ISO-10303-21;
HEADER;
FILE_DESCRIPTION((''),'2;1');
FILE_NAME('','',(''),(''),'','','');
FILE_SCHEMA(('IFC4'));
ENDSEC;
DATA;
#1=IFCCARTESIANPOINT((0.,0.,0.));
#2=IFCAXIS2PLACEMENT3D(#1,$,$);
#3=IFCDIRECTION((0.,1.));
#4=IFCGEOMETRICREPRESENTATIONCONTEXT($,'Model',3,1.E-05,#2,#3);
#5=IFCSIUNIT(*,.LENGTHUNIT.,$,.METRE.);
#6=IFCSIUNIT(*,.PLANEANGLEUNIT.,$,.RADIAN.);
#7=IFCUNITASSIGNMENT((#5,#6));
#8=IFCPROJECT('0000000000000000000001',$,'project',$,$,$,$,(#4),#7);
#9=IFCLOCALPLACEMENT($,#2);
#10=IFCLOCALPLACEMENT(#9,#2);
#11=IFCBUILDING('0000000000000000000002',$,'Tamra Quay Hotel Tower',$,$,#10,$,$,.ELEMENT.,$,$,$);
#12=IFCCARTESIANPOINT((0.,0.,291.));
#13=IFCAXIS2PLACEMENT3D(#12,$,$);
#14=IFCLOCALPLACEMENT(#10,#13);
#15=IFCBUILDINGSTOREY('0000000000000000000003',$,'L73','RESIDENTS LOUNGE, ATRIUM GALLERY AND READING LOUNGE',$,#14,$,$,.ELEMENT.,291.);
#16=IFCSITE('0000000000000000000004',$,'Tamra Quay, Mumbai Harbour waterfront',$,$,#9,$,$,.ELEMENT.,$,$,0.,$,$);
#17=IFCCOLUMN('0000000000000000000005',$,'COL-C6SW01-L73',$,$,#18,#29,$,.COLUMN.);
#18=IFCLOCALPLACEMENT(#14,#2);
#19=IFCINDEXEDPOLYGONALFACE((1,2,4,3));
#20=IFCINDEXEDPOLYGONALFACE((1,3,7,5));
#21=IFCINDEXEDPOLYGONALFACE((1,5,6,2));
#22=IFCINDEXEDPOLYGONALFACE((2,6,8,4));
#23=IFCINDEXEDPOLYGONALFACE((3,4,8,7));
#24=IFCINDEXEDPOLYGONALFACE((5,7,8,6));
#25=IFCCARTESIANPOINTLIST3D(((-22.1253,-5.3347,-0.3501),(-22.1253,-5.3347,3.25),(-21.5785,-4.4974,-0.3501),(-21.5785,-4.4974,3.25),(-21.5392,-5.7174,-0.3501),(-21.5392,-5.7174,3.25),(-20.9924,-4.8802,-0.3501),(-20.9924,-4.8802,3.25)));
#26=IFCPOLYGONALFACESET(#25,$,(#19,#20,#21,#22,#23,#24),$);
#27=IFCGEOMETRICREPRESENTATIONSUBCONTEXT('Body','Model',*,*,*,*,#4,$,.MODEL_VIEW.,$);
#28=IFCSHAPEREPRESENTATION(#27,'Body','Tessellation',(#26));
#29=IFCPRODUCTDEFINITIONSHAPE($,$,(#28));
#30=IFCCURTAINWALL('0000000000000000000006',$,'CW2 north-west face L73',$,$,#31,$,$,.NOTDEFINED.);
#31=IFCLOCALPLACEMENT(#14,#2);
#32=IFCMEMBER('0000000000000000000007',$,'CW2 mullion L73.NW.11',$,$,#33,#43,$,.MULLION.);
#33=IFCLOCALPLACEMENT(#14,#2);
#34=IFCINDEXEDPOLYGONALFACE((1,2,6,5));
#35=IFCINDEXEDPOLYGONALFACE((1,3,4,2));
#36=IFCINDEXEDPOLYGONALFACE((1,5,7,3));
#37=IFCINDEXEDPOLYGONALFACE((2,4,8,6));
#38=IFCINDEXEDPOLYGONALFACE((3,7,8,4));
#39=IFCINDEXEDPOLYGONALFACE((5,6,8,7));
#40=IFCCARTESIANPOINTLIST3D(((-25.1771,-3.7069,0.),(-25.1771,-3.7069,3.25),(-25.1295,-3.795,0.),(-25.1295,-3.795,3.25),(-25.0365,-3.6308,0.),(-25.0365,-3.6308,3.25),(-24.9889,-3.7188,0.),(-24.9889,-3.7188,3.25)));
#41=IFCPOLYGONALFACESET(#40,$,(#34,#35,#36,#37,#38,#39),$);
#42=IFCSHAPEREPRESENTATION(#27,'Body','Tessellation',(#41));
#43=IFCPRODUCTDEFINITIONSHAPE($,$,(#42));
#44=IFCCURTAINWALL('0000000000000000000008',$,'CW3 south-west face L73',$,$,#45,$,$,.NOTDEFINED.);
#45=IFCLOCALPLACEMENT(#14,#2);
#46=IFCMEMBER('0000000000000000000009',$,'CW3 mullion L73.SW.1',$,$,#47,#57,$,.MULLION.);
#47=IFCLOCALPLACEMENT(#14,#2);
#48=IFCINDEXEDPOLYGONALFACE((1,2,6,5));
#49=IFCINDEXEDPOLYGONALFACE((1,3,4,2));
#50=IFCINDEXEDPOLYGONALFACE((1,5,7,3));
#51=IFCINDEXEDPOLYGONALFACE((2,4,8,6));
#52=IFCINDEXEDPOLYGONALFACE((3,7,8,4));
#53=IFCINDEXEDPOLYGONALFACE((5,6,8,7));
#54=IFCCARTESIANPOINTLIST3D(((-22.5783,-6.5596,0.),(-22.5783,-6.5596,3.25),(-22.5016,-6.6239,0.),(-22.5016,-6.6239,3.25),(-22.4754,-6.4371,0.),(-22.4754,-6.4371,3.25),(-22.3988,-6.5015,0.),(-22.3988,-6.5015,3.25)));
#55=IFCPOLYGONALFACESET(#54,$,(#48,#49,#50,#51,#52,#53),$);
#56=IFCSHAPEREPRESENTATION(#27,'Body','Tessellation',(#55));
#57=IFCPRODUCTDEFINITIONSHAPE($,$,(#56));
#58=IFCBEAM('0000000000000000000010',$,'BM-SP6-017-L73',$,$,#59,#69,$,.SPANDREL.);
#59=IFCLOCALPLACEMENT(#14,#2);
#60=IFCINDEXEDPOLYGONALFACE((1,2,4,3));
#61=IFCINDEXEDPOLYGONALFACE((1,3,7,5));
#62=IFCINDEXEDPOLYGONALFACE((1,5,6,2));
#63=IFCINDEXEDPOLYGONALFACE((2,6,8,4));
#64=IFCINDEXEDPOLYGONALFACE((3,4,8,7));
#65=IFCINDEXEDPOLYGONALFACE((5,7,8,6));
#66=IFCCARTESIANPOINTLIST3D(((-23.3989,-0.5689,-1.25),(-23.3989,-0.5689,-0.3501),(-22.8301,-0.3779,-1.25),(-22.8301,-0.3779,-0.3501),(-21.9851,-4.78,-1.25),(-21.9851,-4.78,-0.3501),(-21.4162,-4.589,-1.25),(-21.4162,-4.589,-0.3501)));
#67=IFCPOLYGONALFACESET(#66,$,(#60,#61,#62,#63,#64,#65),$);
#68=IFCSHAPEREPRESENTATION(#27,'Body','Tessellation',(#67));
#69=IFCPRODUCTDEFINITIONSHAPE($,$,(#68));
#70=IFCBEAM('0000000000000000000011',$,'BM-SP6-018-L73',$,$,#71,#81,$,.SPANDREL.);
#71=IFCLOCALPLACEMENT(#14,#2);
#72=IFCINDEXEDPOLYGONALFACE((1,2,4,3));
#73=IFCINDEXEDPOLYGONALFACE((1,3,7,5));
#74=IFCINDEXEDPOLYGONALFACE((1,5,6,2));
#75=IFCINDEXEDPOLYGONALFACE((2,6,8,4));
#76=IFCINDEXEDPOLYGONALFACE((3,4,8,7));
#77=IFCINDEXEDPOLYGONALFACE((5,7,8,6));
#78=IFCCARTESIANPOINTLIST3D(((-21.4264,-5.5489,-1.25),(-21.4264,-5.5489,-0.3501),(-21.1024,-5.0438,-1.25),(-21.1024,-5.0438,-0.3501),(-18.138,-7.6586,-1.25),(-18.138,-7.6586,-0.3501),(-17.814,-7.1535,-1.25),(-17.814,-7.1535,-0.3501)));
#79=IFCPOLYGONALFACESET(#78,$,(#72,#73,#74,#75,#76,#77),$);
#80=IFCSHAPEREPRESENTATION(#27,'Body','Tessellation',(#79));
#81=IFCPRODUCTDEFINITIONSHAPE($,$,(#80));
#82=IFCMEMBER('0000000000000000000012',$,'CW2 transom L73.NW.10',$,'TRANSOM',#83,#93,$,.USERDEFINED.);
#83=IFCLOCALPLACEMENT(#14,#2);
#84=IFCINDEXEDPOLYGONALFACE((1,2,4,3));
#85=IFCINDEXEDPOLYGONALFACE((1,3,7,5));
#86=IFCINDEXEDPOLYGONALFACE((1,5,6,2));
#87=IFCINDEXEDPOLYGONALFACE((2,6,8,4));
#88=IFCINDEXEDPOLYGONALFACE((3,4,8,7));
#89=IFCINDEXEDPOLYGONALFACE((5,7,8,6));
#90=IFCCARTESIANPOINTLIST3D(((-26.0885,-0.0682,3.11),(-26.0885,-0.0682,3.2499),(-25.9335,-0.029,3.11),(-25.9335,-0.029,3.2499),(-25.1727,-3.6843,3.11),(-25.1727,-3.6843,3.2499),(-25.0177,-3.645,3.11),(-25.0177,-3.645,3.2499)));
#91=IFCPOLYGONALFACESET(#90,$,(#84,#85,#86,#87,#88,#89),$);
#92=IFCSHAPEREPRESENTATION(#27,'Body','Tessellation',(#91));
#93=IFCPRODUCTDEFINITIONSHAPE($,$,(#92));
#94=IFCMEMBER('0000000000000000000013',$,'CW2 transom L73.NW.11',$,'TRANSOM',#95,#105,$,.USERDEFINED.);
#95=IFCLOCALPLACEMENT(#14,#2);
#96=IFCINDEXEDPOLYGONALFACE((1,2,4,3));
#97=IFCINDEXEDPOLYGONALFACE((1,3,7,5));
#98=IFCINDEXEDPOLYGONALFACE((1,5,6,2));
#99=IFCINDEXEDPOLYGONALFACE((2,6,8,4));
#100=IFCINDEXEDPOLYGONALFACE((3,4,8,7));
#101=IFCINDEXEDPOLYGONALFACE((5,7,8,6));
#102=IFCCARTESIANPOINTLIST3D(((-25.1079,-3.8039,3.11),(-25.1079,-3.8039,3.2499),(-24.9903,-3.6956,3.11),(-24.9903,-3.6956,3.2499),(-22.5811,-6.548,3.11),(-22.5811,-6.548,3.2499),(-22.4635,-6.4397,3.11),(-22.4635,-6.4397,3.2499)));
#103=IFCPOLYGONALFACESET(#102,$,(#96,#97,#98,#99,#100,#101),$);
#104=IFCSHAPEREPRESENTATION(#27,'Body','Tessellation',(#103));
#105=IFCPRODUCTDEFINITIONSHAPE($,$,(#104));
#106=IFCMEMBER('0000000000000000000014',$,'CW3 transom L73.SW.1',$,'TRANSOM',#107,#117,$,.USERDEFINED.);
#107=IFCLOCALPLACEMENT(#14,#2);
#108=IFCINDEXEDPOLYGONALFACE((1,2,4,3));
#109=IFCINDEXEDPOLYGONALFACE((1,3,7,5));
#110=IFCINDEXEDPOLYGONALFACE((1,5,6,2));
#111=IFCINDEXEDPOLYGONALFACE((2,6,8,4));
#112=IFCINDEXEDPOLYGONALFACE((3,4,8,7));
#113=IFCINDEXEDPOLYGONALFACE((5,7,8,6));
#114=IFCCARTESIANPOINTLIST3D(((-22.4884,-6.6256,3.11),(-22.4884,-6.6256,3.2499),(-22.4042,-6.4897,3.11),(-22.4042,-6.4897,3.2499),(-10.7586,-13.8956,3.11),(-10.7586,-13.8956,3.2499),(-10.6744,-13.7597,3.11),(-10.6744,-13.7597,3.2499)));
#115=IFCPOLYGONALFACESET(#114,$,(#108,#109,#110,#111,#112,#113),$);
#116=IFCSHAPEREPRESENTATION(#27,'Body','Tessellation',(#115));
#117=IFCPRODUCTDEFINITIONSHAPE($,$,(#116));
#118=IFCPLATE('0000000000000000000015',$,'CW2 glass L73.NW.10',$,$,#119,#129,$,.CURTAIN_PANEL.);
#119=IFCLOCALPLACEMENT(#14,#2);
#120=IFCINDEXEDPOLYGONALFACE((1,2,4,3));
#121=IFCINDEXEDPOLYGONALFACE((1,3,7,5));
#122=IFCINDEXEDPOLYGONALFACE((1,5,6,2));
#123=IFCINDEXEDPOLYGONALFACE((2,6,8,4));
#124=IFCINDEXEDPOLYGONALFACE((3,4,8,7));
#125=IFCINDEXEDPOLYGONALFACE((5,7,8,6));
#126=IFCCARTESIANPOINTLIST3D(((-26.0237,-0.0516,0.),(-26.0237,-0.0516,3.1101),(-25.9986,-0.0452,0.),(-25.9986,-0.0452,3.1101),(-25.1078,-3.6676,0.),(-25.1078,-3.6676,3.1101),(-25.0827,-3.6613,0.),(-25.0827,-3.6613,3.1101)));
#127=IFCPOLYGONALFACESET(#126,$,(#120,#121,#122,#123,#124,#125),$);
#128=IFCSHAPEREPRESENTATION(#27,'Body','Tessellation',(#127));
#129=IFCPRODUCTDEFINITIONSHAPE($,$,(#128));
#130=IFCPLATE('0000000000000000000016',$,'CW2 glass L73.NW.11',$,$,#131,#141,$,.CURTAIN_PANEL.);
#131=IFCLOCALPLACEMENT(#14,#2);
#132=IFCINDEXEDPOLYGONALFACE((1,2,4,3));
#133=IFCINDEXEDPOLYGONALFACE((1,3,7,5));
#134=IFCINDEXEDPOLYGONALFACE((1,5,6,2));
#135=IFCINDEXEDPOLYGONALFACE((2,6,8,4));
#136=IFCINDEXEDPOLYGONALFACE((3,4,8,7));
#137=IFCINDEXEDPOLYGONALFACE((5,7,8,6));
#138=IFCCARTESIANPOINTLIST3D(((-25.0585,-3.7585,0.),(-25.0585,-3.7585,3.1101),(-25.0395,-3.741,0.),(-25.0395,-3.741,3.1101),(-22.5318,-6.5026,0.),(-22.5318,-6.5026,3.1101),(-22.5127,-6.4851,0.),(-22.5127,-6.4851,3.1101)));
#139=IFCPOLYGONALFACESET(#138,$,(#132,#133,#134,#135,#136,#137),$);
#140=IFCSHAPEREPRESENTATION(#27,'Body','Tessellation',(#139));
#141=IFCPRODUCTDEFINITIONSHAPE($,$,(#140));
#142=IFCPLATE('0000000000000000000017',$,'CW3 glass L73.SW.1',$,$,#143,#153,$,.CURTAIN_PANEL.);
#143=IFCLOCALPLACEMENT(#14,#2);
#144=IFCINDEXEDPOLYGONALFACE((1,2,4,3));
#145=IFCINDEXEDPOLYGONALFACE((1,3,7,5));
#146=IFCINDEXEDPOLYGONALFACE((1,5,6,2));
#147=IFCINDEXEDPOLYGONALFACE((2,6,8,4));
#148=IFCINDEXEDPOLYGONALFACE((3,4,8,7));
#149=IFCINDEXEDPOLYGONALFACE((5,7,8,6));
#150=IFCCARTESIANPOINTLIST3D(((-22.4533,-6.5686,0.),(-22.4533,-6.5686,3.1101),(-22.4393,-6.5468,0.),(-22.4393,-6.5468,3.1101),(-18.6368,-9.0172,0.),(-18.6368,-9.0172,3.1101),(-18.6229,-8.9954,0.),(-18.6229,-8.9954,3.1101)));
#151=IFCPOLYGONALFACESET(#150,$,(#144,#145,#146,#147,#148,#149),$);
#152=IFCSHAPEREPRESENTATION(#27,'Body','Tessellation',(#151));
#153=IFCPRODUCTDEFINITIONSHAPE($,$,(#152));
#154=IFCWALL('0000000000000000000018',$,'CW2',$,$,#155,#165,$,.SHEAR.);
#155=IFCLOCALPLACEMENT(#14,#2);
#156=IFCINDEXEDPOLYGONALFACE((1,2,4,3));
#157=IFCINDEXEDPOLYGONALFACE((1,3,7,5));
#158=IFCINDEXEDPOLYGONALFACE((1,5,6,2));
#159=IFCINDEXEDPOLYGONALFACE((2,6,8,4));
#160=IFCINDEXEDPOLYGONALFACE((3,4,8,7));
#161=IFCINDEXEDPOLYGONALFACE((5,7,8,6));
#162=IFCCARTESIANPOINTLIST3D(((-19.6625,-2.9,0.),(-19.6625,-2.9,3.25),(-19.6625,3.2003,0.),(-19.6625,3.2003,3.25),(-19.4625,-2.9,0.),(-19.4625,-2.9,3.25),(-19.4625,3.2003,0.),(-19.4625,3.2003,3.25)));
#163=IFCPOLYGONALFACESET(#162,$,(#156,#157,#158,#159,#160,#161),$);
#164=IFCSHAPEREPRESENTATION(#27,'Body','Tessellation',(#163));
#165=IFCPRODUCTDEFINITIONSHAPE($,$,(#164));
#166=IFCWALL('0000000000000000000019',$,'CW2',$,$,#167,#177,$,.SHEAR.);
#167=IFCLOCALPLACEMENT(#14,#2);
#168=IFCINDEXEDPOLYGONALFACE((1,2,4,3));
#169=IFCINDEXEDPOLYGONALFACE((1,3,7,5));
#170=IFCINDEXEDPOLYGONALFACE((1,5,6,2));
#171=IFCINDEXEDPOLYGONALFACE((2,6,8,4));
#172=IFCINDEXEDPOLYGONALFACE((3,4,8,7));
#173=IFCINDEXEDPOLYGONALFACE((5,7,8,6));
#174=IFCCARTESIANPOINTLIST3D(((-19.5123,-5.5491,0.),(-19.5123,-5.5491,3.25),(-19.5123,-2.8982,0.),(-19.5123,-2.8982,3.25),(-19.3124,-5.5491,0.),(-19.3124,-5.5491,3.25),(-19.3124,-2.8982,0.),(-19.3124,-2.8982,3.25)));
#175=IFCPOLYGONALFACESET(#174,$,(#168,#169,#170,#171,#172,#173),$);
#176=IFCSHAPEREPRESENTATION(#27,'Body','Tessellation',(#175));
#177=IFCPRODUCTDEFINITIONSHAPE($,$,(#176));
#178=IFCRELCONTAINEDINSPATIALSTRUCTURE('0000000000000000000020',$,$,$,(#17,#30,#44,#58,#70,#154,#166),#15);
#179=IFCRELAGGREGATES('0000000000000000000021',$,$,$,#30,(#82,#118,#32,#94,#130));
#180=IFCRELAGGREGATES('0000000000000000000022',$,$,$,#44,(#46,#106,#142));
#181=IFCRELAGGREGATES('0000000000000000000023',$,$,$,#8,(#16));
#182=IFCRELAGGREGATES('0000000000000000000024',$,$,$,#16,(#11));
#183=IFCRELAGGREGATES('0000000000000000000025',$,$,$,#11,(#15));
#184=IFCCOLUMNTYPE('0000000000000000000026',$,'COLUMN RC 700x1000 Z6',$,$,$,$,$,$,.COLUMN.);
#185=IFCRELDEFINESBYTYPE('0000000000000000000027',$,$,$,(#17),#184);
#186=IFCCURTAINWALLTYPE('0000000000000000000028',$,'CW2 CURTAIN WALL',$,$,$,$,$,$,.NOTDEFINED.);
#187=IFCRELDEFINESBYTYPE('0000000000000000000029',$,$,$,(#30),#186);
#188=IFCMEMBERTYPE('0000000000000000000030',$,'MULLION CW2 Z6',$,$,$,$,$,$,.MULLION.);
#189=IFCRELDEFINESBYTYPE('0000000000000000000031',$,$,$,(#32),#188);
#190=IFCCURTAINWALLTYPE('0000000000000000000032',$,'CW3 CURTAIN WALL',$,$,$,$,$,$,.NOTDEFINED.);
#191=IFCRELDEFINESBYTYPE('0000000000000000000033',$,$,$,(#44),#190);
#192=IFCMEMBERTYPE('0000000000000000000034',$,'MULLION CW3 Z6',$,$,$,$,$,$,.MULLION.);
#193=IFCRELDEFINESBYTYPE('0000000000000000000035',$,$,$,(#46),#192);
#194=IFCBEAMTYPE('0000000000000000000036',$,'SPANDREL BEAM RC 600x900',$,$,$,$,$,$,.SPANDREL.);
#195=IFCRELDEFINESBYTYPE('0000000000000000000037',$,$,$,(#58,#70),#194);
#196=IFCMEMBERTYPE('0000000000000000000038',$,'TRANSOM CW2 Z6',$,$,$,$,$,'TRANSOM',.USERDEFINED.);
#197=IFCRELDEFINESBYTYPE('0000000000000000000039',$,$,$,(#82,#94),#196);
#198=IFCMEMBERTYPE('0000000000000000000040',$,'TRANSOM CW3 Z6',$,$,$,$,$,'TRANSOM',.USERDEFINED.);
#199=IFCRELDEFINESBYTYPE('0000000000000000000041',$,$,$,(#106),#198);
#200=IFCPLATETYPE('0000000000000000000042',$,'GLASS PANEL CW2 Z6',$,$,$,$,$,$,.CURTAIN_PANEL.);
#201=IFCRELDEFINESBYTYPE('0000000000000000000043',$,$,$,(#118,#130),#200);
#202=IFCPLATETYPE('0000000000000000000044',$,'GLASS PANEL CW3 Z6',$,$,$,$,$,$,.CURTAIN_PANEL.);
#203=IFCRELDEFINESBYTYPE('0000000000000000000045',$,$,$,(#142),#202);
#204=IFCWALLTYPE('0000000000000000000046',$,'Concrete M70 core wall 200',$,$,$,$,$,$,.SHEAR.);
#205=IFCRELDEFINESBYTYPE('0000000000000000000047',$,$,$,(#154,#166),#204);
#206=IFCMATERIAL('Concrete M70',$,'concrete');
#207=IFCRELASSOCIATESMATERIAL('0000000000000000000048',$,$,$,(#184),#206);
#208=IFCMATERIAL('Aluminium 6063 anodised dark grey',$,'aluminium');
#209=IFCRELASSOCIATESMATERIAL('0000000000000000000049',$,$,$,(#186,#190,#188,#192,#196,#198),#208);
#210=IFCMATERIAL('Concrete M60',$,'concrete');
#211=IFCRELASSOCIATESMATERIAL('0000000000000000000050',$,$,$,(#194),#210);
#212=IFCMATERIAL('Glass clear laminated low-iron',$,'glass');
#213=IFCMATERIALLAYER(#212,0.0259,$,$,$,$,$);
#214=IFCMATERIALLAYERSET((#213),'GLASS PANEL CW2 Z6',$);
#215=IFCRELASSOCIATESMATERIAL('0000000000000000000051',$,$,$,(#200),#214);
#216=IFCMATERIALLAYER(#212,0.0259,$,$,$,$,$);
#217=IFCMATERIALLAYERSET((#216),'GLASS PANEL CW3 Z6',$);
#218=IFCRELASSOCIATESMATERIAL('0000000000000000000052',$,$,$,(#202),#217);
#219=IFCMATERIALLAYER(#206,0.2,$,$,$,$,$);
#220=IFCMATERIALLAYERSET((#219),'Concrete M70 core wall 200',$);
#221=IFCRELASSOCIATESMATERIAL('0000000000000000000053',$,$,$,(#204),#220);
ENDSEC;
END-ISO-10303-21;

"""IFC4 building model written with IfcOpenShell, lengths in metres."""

from ifc_helpers import new_model, si_unit, direction, frame, frame_2d, origin, origin_2d, place, context, subcontext, project, spatial, rectangle, extrude, material, layer, layer_set, material_profile, profile_set, type_object, element, aggregate, save


model = new_model("IFC4")

# Units and contexts
model_context = context("Model", 3, precision=1e-05, world=origin(), true_north=direction((0.0, 1.0)))
body_context = subcontext(model_context, "Body", "Model", "MODEL_VIEW")
ifc_project = project(units=[si_unit("LENGTHUNIT", "METRE"), si_unit("PLANEANGLEUNIT", "RADIAN")], contexts=[model_context])

# Site, building, storey
site_placement = place(None, origin())
site = spatial("IfcSite", under=ifc_project, at=site_placement, Name="Tamra Quay, Mumbai Harbour waterfront", CompositionType="ELEMENT", RefElevation=0.0)
building_placement = place(site_placement, origin())
building = spatial("IfcBuilding", under=site, at=building_placement, Name="Tamra Quay Hotel Tower", CompositionType="ELEMENT")
storey_placement = place(building_placement, frame((0.0, 0.0, 291.0)))
storey = spatial("IfcBuildingStorey", under=building, at=storey_placement, Name="L73", Description="RESIDENTS LOUNGE, ATRIUM GALLERY AND READING LOUNGE", CompositionType="ELEMENT", Elevation=291.0)

# Column
ifc_material_1 = material(Name="Concrete M70", Category="concrete")
ifc_material_profile_1 = material_profile(ifc_material_1, rectangle(XDim=1.0, YDim=0.7, at=origin_2d()), Name="COLUMN RC 700x1000 Z6")
ifc_profile_set_1 = profile_set([ifc_material_profile_1], Name="Concrete M70")
column_type = type_object("IfcColumnType", Name="COLUMN RC 700x1000 Z6", PredefinedType="COLUMN", material=ifc_profile_set_1)
column_placement = place(storey_placement, frame((-21.5588, -5.1074, -0.3501), z_axis=(0.0, 0.0, 1.0), x_axis=(0.546805, 0.83726, 0.0)))
element("IfcColumn", 1, at=column_placement, inside=storey, type_object=column_type, Name="COL-C6SW01-L73", PredefinedType="COLUMN", context=body_context, shape_type="SweptSolid", body=[
    extrude(rectangle(XDim=1.0, YDim=0.7, at=origin_2d()), origin(), (0.0, 0.0, 1.0), 3.6001),
])

# Curtain walls, members
ifc_material_2 = material(Name="Aluminium 6063 anodised dark grey", Category="aluminium")
curtain_wall_type_1 = type_object("IfcCurtainWallType", Name="CW2 CURTAIN WALL", PredefinedType="NOTDEFINED", material=ifc_material_2)
curtain_wall_1_placement = place(storey_placement, origin())
curtain_wall_1 = element("IfcCurtainWall", 2, at=curtain_wall_1_placement, inside=storey, type_object=curtain_wall_type_1, Name="CW2 north-west face L73", PredefinedType="NOTDEFINED")
ifc_material_profile_2 = material_profile(ifc_material_2, rectangle(XDim=0.1599, YDim=0.1001, at=origin_2d()), Name="MULLION 100X160")
ifc_profile_set_2 = profile_set([ifc_material_profile_2], Name="Aluminium 6063 anodised dark grey")
member_type_1 = type_object("IfcMemberType", Name="MULLION CW2 Z6", PredefinedType="MULLION", material=ifc_profile_set_2)
member_1_placement = place(storey_placement, frame((-25.083, -3.7129, 0.0), z_axis=(0.0, 0.0, 1.0), x_axis=(-0.879433, -0.476023, 0.0)))
member_1 = element("IfcMember", 3, at=member_1_placement, type_object=member_type_1, Name="CW2 mullion L73.NW.11", PredefinedType="MULLION", context=body_context, shape_type="SweptSolid", body=[
    extrude(rectangle(XDim=0.1599, YDim=0.1001, at=origin_2d()), origin(), (0.0, 0.0, 1.0), 3.25),
])
curtain_wall_type_2 = type_object("IfcCurtainWallType", Name="CW3 CURTAIN WALL", PredefinedType="NOTDEFINED", material=ifc_material_2)
curtain_wall_2_placement = place(storey_placement, origin())
curtain_wall_2 = element("IfcCurtainWall", 4, at=curtain_wall_2_placement, inside=storey, type_object=curtain_wall_type_2, Name="CW3 south-west face L73", PredefinedType="NOTDEFINED")
ifc_material_profile_3 = material_profile(ifc_material_2, rectangle(XDim=0.1599, YDim=0.1001, at=origin_2d()), Name="MULLION 100X160")
ifc_profile_set_3 = profile_set([ifc_material_profile_3], Name="Aluminium 6063 anodised dark grey")
member_type_2 = type_object("IfcMemberType", Name="MULLION CW3 Z6", PredefinedType="MULLION", material=ifc_profile_set_3)
member_2_placement = place(storey_placement, frame((-22.4885, -6.5305, 0.0), z_axis=(0.0, 0.0, 1.0), x_axis=(-0.643086, -0.765794, 0.0)))
member_2 = element("IfcMember", 5, at=member_2_placement, type_object=member_type_2, Name="CW3 mullion L73.SW.1", PredefinedType="MULLION", context=body_context, shape_type="SweptSolid", body=[
    extrude(rectangle(XDim=0.1599, YDim=0.1001, at=origin_2d()), origin(), (0.0, 0.0, 1.0), 3.25),
])

# Beams
ifc_material_3 = material(Name="Concrete M60", Category="concrete")
ifc_material_profile_4 = material_profile(ifc_material_3, rectangle(XDim=0.6001, YDim=0.8999, at=origin_2d()), Name="SPANDREL BEAM RC 600x900")
ifc_profile_set_4 = profile_set([ifc_material_profile_4], Name="Concrete M60")
beam_type = type_object("IfcBeamType", Name="SPANDREL BEAM RC 600x900", PredefinedType="SPANDREL", material=ifc_profile_set_4)
beam_1_placement = place(storey_placement, frame((-23.1145, -0.4734, -0.8), z_axis=(0.318272, -0.948, 0.0), x_axis=(0.948, 0.318272, 0.0)))
element("IfcBeam", 6, at=beam_1_placement, inside=storey, type_object=beam_type, Name="BM-SP6-017-L73", PredefinedType="SPANDREL", context=body_context, shape_type="SweptSolid", body=[
    extrude(rectangle(XDim=0.6001, YDim=0.8999, at=origin_2d()), origin(), (0.0, 0.0, 1.0), 4.4421),
])
beam_2_placement = place(storey_placement, frame((-21.2644, -5.2964, -0.8), z_axis=(0.84168, -0.539977, 0.0), x_axis=(0.539977, 0.84168, 0.0)))
element("IfcBeam", 7, at=beam_2_placement, inside=storey, type_object=beam_type, Name="BM-SP6-018-L73", PredefinedType="SPANDREL", context=body_context, shape_type="SweptSolid", body=[
    extrude(rectangle(XDim=0.6001, YDim=0.8999, at=origin_2d()), origin(), (0.0, 0.0, 1.0), 3.907),
])

# Members
ifc_material_profile_5 = material_profile(ifc_material_2, rectangle(XDim=0.1599, YDim=0.1399, at=origin_2d()), Name="TRANSOM 160X140")
ifc_profile_set_5 = profile_set([ifc_material_profile_5], Name="Aluminium 6063 anodised dark grey")
member_type_3 = type_object("IfcMemberType", Name="TRANSOM CW2 Z6", ElementType="TRANSOM", PredefinedType="USERDEFINED", material=ifc_profile_set_5)
member_3_placement = place(storey_placement, frame((-26.011, -0.0486, 3.1799), z_axis=(0.245507, -0.969395, 0.0), x_axis=(0.969395, 0.245507, 0.0)))
member_3 = element("IfcMember", 8, at=member_3_placement, type_object=member_type_3, Name="CW2 transom L73.NW.10", ObjectType="TRANSOM", PredefinedType="USERDEFINED", context=body_context, shape_type="SweptSolid", body=[
    extrude(rectangle(XDim=0.1599, YDim=0.1399, at=origin_2d()), origin(), (0.0, 0.0, 1.0), 3.7302),
])
member_4_placement = place(storey_placement, frame((-25.0491, -3.7498, 3.1799), z_axis=(0.677383, -0.735631, 0.0), x_axis=(0.735631, 0.677383, 0.0)))
member_4 = element("IfcMember", 9, at=member_4_placement, type_object=member_type_3, Name="CW2 transom L73.NW.11", ObjectType="TRANSOM", PredefinedType="USERDEFINED", context=body_context, shape_type="SweptSolid", body=[
    extrude(rectangle(XDim=0.1599, YDim=0.1399, at=origin_2d()), origin(), (0.0, 0.0, 1.0), 3.7302),
])
ifc_material_profile_6 = material_profile(ifc_material_2, rectangle(XDim=0.1599, YDim=0.1399, at=origin_2d()), Name="TRANSOM 160X140")
ifc_profile_set_6 = profile_set([ifc_material_profile_6], Name="Aluminium 6063 anodised dark grey")
member_type_4 = type_object("IfcMemberType", Name="TRANSOM CW3 Z6", ElementType="TRANSOM", PredefinedType="USERDEFINED", material=ifc_profile_set_6)
member_5_placement = place(storey_placement, frame((-22.4463, -6.5576, 3.1799), z_axis=(0.849981, -0.526813, 0.0), x_axis=(0.526813, 0.849981, 0.0)))
member_5 = element("IfcMember", 10, at=member_5_placement, type_object=member_type_4, Name="CW3 transom L73.SW.1", ObjectType="TRANSOM", PredefinedType="USERDEFINED", context=body_context, shape_type="SweptSolid", body=[
    extrude(rectangle(XDim=0.1599, YDim=0.1399, at=origin_2d()), origin(), (0.0, 0.0, 1.0), 13.8),
])

# Plates
ifc_material_4 = material(Name="Glass clear laminated low-iron", Category="glass")
ifc_layer_1 = layer(ifc_material_4, 0.0259)
ifc_layer_set_1 = layer_set([ifc_layer_1], Name="GLASS PANEL CW2 Z6")
plate_type_1 = type_object("IfcPlateType", Name="GLASS PANEL CW2 Z6", PredefinedType="CURTAIN_PANEL", material=ifc_layer_set_1)
plate_1_placement = place(storey_placement, frame((-25.5532, -1.8564, 0.0), z_axis=(0.0, 0.0, 1.0), x_axis=(0.245527, -0.96939, 0.0)))
plate_1 = element("IfcPlate", 11, at=plate_1_placement, type_object=plate_type_1, Name="CW2 glass L73.NW.10", PredefinedType="CURTAIN_PANEL", context=body_context, shape_type="SweptSolid", body=[
    extrude(rectangle(XDim=3.7302, YDim=0.0259, at=origin_2d()), origin(), (0.0, 0.0, 1.0), 3.1101),
])
plate_2_placement = place(storey_placement, frame((-23.7856, -5.1218, 0.0), z_axis=(0.0, 0.0, 1.0), x_axis=(0.677376, -0.735637, 0.0)))
plate_2 = element("IfcPlate", 12, at=plate_2_placement, type_object=plate_type_1, Name="CW2 glass L73.NW.11", PredefinedType="CURTAIN_PANEL", context=body_context, shape_type="SweptSolid", body=[
    extrude(rectangle(XDim=3.7302, YDim=0.0259, at=origin_2d()), origin(), (0.0, 0.0, 1.0), 3.1101),
])
aggregate(curtain_wall_1, [member_3, plate_1, member_1, member_4, plate_2])
ifc_layer_2 = layer(ifc_material_4, 0.0259)
ifc_layer_set_2 = layer_set([ifc_layer_2], Name="GLASS PANEL CW3 Z6")
plate_type_2 = type_object("IfcPlateType", Name="GLASS PANEL CW3 Z6", PredefinedType="CURTAIN_PANEL", material=ifc_layer_set_2)
plate_3_placement = place(storey_placement, frame((-20.5381, -7.782, 0.0), z_axis=(0.0, 0.0, 1.0), x_axis=(0.841665, -0.54, 0.0)))
plate_3 = element("IfcPlate", 13, at=plate_3_placement, type_object=plate_type_2, Name="CW3 glass L73.SW.1", PredefinedType="CURTAIN_PANEL", context=body_context, shape_type="SweptSolid", body=[
    extrude(rectangle(XDim=4.5344, YDim=0.0259, at=origin_2d()), origin(), (0.0, 0.0, 1.0), 3.1101),
])
aggregate(curtain_wall_2, [member_2, member_5, plate_3])

# Walls
ifc_layer_3 = layer(ifc_material_1, 0.2)
ifc_layer_set_3 = layer_set([ifc_layer_3], Name="Concrete M70 core wall 200")
wall_type_1 = type_object("IfcWallType", Name="Concrete M70 core wall 200", PredefinedType="SHEAR", material=ifc_layer_set_3)
wall_1_placement = place(storey_placement, frame((-19.5625, -2.9001, 0.0), z_axis=(0.0, 0.0, 1.0), x_axis=(0.0, 1.0, 0.0)))
element("IfcWall", 14, at=wall_1_placement, inside=storey, type_object=wall_type_1, Name="CW2", PredefinedType="SHEAR", context=body_context, shape_type="SweptSolid", body=[
    extrude(rectangle(XDim=6.1003, YDim=0.2, at=frame_2d((3.0503, 0.0))), origin(), (0.0, 0.0, 1.0), 3.25),
])
wall_2_placement = place(storey_placement, frame((-19.4124, -5.5491, 0.0), z_axis=(0.0, 0.0, 1.0), x_axis=(0.0, 1.0, 0.0)))
element("IfcWall", 15, at=wall_2_placement, inside=storey, type_object=wall_type_1, Name="CW2", PredefinedType="SHEAR", context=body_context, shape_type="SweptSolid", body=[
    extrude(rectangle(XDim=2.6509, YDim=0.2, at=frame_2d((1.3254, 0.0))), origin(), (0.0, 0.0, 1.0), 3.25),
])

save(model, "model.ifc")
